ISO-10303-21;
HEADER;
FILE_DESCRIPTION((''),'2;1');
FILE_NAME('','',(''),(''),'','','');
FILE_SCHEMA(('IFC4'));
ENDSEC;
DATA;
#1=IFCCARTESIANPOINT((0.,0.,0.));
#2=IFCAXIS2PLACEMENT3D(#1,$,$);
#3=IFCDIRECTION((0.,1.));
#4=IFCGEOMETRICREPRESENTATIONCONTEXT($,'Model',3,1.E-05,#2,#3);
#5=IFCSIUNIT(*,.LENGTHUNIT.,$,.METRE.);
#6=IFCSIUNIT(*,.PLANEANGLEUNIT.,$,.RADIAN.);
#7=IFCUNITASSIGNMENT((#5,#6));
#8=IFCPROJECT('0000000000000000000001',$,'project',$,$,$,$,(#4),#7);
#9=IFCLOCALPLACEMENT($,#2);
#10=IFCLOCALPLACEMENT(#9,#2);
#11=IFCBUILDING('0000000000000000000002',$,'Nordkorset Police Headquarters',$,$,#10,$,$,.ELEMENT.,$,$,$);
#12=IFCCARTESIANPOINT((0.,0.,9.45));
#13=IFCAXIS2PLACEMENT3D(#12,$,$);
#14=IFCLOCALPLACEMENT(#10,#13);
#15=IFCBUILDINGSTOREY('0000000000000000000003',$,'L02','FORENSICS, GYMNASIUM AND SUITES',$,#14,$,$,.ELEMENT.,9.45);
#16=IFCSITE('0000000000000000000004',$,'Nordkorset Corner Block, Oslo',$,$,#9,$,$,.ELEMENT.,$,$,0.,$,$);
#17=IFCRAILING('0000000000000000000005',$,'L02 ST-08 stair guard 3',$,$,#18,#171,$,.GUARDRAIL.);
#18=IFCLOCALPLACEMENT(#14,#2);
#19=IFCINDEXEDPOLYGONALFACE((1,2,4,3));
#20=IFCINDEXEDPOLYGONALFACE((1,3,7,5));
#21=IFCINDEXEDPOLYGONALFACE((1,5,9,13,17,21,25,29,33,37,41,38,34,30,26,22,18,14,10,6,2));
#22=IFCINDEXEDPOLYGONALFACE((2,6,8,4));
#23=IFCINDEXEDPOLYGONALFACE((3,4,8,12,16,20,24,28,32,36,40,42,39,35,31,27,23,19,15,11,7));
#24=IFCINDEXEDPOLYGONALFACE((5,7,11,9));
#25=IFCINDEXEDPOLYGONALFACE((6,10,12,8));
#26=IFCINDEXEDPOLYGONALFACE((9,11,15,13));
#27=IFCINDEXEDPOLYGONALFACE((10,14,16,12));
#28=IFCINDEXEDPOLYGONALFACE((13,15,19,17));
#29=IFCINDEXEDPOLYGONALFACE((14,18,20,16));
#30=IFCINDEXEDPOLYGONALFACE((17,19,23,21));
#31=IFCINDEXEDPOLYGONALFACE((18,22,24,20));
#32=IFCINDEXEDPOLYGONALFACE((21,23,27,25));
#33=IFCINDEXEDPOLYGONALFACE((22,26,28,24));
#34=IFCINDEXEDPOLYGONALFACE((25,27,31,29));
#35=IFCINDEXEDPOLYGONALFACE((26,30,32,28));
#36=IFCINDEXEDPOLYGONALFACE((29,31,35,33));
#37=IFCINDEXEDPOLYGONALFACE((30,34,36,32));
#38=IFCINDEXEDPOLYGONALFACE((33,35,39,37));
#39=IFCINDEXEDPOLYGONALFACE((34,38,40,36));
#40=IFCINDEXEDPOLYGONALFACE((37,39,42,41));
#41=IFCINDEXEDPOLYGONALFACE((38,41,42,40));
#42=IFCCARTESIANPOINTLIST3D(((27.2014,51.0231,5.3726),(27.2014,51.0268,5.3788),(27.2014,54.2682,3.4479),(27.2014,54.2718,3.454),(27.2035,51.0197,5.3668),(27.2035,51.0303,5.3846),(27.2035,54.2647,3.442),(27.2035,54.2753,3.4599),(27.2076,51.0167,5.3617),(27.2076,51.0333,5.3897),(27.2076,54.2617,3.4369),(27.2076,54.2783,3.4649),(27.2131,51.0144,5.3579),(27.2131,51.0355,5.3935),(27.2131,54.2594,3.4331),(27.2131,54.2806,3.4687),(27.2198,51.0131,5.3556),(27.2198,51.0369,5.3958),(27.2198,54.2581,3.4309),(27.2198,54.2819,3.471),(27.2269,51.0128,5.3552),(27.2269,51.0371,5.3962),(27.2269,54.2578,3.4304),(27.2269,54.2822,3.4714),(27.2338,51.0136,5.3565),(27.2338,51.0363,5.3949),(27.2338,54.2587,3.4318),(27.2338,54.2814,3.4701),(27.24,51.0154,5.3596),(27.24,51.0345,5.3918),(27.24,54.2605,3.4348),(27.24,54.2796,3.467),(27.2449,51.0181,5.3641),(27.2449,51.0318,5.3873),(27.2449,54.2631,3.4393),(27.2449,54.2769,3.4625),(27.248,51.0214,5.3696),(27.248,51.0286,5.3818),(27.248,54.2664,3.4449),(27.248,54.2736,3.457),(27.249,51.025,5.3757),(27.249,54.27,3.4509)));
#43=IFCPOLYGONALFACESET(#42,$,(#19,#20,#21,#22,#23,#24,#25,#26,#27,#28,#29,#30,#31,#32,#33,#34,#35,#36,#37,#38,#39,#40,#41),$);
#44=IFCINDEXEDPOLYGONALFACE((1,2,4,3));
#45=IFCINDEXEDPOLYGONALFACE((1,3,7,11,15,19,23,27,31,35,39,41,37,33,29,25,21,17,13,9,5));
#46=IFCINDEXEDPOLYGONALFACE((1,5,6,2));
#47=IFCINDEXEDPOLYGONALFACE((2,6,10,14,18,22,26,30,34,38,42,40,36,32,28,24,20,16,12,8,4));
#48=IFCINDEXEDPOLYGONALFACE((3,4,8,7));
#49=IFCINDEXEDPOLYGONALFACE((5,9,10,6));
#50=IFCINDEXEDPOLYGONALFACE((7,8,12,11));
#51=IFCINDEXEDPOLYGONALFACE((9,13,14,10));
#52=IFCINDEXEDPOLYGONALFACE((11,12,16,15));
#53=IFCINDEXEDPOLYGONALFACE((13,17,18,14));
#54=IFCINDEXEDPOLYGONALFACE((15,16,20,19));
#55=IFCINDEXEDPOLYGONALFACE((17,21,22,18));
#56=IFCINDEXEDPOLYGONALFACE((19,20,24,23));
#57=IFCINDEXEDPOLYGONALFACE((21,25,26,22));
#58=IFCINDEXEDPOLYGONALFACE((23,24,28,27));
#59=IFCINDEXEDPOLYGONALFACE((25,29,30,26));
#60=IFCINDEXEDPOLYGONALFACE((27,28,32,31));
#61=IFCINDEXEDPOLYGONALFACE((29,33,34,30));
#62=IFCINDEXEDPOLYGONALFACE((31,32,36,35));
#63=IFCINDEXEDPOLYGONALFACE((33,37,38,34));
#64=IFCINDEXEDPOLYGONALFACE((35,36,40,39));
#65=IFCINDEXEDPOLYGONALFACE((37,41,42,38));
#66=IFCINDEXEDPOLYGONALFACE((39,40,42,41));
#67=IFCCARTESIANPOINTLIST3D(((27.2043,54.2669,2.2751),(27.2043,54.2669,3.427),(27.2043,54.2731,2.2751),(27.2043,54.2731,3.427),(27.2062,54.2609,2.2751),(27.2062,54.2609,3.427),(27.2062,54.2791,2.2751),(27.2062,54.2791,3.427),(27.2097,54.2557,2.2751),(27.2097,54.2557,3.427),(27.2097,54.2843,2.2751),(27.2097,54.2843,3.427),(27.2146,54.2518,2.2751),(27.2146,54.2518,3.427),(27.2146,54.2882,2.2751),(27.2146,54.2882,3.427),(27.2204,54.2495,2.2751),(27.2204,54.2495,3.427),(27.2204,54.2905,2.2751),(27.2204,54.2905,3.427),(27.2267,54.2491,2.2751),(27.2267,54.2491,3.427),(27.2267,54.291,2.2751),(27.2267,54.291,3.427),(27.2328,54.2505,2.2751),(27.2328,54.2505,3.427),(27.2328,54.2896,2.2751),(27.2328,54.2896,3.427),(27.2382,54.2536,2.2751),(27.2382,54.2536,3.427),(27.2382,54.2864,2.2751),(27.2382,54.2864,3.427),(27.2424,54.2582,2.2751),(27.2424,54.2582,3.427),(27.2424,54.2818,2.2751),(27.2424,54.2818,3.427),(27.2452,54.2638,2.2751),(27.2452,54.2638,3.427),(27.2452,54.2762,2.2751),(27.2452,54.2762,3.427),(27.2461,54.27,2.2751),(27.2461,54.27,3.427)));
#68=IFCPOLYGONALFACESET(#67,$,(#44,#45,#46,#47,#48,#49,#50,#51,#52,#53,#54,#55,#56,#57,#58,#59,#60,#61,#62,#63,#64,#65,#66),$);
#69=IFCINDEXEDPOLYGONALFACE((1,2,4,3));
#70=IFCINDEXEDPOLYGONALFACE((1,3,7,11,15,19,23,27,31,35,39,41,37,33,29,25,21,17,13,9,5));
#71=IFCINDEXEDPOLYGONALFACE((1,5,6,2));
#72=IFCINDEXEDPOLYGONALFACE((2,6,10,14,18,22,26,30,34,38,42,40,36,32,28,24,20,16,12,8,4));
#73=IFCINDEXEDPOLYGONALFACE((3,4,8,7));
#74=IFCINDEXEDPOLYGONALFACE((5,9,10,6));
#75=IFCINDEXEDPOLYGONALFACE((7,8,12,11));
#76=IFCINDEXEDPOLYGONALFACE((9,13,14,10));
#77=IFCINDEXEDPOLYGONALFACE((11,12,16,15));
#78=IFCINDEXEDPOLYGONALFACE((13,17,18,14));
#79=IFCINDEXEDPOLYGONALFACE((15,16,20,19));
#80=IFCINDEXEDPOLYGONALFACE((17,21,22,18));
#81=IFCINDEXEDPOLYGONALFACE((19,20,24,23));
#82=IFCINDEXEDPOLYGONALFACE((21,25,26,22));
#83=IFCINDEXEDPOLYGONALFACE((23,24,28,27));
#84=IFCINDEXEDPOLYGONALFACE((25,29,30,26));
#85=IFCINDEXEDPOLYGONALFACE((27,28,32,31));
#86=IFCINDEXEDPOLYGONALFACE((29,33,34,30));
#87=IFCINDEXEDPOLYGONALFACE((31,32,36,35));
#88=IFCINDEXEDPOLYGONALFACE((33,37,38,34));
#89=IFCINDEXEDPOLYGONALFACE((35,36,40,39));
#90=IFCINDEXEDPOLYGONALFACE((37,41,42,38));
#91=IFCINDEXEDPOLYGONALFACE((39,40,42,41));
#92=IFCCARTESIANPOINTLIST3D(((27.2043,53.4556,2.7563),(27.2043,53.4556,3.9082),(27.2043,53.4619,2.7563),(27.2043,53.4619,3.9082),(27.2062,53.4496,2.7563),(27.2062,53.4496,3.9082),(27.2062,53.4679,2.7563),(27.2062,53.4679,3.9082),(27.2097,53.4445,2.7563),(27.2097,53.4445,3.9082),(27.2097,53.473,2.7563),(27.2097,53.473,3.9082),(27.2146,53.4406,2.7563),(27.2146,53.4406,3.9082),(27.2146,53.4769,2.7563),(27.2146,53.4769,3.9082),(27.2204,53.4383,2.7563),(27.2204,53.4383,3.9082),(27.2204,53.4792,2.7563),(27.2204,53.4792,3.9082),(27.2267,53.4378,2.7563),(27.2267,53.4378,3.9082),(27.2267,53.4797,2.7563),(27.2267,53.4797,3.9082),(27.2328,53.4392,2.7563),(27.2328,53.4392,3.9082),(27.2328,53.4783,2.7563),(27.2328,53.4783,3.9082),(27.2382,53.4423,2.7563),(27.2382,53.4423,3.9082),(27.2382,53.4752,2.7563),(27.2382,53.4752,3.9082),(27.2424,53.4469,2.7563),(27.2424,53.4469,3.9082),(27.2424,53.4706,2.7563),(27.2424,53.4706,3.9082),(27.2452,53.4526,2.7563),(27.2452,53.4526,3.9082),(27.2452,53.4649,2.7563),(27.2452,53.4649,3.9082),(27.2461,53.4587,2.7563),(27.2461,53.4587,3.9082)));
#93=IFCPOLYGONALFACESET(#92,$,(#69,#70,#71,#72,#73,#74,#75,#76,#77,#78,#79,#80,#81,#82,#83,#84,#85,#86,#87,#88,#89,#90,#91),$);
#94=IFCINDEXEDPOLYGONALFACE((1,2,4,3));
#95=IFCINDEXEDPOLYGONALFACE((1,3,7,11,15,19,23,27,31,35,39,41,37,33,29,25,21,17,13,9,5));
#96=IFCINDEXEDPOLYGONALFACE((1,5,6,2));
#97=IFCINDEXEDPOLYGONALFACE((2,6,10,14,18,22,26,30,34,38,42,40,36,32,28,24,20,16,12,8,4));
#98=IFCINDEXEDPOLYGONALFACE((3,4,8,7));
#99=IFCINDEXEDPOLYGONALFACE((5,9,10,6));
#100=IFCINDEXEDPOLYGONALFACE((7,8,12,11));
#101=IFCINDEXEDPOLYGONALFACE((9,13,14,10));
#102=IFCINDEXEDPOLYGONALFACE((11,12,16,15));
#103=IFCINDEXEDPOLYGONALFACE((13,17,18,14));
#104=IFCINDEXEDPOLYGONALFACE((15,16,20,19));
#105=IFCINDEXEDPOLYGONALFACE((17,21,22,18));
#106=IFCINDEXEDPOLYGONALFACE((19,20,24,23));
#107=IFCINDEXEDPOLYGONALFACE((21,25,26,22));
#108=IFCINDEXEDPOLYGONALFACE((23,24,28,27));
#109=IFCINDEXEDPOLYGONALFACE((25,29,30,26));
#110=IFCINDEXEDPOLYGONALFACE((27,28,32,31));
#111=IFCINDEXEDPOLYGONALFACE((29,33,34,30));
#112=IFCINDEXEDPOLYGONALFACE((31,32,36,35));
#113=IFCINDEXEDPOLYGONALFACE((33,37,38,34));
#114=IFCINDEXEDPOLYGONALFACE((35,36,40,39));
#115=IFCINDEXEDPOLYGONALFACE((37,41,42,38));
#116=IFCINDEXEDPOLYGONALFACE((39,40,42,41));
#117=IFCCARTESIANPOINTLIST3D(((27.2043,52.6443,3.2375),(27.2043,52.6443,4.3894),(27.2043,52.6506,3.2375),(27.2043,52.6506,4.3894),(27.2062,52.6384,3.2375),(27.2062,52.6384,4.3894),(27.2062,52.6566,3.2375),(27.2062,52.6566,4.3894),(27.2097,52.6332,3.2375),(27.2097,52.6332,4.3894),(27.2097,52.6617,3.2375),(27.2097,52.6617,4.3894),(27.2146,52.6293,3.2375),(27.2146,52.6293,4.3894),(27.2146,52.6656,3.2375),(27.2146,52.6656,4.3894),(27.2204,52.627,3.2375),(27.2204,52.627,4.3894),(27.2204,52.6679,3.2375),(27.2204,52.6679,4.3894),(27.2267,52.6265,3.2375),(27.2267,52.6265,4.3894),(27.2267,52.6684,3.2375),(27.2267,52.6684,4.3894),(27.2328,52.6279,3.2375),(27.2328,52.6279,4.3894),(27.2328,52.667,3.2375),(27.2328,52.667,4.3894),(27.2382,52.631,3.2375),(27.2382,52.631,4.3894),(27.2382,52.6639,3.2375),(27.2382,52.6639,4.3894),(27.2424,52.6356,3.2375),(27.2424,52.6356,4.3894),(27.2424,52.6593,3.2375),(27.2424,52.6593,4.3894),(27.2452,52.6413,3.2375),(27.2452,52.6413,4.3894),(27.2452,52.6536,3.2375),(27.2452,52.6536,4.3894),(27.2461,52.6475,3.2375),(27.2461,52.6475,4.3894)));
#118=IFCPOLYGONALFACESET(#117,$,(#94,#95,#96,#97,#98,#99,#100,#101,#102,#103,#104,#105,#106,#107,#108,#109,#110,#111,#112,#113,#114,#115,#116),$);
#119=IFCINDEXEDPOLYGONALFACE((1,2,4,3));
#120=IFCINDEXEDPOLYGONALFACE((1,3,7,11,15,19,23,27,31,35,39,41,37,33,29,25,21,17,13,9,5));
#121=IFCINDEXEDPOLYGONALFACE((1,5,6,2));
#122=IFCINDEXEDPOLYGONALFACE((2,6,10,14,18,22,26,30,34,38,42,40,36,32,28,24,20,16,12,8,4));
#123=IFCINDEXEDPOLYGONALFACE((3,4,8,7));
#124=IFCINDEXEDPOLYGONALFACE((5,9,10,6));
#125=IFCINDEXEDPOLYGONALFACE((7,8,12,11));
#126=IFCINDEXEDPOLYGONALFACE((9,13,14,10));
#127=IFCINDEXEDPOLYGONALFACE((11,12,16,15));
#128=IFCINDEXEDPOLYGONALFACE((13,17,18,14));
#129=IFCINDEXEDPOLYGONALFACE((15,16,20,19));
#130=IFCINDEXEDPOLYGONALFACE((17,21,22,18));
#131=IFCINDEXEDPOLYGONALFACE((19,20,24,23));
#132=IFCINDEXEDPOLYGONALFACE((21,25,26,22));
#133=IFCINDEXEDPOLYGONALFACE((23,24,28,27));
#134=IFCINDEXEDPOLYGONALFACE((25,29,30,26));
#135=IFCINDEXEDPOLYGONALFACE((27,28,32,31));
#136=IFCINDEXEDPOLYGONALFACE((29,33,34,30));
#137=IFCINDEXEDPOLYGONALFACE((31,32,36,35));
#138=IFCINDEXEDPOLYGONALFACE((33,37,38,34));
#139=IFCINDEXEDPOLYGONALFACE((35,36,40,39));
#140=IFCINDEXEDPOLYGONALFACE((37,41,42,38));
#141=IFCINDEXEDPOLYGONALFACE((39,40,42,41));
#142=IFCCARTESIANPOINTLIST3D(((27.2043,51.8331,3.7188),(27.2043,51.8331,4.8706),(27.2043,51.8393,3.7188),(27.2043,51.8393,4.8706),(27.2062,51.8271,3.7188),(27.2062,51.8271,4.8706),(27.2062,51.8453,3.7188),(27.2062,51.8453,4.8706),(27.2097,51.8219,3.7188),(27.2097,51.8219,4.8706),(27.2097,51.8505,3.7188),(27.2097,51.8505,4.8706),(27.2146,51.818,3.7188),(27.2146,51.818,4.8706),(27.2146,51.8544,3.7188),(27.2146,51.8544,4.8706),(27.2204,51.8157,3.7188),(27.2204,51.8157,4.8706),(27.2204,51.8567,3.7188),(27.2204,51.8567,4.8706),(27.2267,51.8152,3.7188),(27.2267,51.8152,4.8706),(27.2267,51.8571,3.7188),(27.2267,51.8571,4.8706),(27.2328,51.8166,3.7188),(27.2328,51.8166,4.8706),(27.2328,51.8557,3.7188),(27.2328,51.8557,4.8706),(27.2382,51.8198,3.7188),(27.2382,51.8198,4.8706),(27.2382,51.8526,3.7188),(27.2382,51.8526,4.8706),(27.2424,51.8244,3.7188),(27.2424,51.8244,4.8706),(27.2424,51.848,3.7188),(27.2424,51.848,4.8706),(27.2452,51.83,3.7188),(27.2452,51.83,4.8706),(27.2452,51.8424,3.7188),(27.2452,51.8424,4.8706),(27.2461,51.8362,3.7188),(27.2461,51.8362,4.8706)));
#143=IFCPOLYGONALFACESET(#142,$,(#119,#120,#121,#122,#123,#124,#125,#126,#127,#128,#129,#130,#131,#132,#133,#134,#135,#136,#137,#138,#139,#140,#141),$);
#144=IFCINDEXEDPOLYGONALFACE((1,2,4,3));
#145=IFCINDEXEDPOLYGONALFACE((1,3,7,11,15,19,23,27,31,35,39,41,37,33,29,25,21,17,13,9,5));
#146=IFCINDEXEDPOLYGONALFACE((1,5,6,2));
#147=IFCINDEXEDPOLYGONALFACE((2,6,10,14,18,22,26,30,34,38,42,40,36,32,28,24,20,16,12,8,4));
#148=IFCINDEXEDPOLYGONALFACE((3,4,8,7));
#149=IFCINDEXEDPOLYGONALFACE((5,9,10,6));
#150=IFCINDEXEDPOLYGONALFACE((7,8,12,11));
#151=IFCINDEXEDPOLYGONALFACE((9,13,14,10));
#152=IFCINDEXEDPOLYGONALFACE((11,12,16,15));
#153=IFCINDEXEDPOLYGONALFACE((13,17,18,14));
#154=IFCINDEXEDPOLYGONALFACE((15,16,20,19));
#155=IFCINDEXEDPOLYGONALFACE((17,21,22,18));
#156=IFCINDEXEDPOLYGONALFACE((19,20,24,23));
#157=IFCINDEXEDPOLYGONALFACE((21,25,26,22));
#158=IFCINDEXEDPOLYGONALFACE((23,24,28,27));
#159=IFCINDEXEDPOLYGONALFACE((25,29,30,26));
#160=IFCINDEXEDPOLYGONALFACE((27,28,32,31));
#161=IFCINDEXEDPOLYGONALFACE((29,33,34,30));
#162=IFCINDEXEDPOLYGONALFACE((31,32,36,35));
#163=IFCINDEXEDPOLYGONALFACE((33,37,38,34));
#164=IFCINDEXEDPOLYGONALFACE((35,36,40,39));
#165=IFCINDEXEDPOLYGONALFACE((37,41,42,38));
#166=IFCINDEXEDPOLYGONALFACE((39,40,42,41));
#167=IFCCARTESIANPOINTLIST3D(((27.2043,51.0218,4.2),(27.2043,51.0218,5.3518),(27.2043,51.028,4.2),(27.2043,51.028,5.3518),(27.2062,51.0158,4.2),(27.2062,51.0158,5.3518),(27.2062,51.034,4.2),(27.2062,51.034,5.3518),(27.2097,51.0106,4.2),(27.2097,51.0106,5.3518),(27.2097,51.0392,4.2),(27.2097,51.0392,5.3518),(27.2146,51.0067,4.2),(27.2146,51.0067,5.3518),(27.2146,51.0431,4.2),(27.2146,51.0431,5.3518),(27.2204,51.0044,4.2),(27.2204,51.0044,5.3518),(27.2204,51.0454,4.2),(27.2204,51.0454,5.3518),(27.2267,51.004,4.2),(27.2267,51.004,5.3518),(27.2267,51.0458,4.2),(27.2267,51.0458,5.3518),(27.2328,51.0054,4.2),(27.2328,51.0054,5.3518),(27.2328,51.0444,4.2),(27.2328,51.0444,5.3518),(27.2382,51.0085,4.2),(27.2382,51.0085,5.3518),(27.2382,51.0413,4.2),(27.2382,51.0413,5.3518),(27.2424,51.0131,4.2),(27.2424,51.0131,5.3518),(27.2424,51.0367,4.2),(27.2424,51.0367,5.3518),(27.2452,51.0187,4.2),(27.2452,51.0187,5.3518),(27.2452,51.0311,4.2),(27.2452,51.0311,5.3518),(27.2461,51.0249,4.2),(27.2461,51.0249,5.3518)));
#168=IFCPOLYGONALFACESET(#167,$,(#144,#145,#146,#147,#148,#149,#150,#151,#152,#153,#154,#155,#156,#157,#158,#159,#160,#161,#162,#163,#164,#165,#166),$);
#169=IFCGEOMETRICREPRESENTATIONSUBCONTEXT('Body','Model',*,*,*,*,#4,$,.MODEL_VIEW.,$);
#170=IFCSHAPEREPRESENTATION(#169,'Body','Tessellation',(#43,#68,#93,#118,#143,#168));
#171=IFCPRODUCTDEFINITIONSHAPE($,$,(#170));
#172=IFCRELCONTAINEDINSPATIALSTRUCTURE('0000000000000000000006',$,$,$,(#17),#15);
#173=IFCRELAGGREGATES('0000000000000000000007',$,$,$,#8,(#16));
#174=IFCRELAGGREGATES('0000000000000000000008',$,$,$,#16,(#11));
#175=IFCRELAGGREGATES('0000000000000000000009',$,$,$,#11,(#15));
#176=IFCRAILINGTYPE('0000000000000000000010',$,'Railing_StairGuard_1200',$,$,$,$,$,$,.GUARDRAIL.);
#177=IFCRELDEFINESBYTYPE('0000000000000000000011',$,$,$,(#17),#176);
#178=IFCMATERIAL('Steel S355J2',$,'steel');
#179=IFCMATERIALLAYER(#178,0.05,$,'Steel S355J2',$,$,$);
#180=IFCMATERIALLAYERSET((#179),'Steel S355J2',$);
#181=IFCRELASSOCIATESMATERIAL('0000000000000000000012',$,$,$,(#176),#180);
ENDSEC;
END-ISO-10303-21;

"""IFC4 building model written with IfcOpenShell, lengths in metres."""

from ifc_helpers import new_model, si_unit, direction, frame, origin, origin_2d, place, context, subcontext, project, spatial, circle, extrude, material, layer, layer_set, type_object, element, save


model = new_model("IFC4")

# Units and contexts
model_context = context("Model", 3, precision=1e-05, world=origin(), true_north=direction((0.0, 1.0)))
body_context = subcontext(model_context, "Body", "Model", "MODEL_VIEW")
ifc_project = project(units=[si_unit("LENGTHUNIT", "METRE"), si_unit("PLANEANGLEUNIT", "RADIAN")], contexts=[model_context])

# Site, building, storey
site_placement = place(None, origin())
site = spatial("IfcSite", under=ifc_project, at=site_placement, Name="Nordkorset Corner Block, Oslo", CompositionType="ELEMENT", RefElevation=0.0)
building_placement = place(site_placement, origin())
building = spatial("IfcBuilding", under=site, at=building_placement, Name="Nordkorset Police Headquarters", CompositionType="ELEMENT")
storey_placement = place(building_placement, frame((0.0, 0.0, 9.45)))
storey = spatial("IfcBuildingStorey", under=building, at=storey_placement, Name="L02", Description="FORENSICS, GYMNASIUM AND SUITES", CompositionType="ELEMENT", Elevation=9.45)

# Railing
ifc_material_1 = material(Name="Steel S355J2", Category="steel")
ifc_layer_1 = layer(ifc_material_1, 0.05, Name="Steel S355J2")
ifc_layer_set_1 = layer_set([ifc_layer_1], Name="Steel S355J2")
railing_type_1 = type_object("IfcRailingType", Name="Railing_StairGuard_1200", PredefinedType="GUARDRAIL", material=ifc_layer_set_1)
railing_1_placement = place(storey_placement, frame((27.2251, 54.27, 2.2751)))
element("IfcRailing", 1, at=railing_1_placement, inside=storey, type_object=railing_type_1, Name="L02 ST-08 stair guard 3", PredefinedType="GUARDRAIL", context=body_context, shape_type="SweptSolid", body=[
    extrude(circle(Radius=0.0239, at=origin_2d()), frame((0.0, 0.0, 1.1758), z_axis=(0.0, -0.860085, 0.51015), x_axis=(1.0, 0.0, 0.0)), (0.0, 0.0, 1.0), 3.7729),
    extrude(circle(Radius=0.021, at=origin_2d()), origin(), (0.0, 0.0, 1.0), 1.1519),
    extrude(circle(Radius=0.021, at=origin_2d()), frame((0.0, -0.8113, 0.4812)), (0.0, 0.0, 1.0), 1.1519),
    extrude(circle(Radius=0.021, at=origin_2d()), frame((0.0, -1.6226, 0.9624)), (0.0, 0.0, 1.0), 1.1519),
    extrude(circle(Radius=0.021, at=origin_2d()), frame((0.0, -2.4338, 1.4436)), (0.0, 0.0, 1.0), 1.1519),
    extrude(circle(Radius=0.021, at=origin_2d()), frame((0.0, -3.2451, 1.9248)), (0.0, 0.0, 1.0), 1.1519),
])

save(model, "model.ifc")
